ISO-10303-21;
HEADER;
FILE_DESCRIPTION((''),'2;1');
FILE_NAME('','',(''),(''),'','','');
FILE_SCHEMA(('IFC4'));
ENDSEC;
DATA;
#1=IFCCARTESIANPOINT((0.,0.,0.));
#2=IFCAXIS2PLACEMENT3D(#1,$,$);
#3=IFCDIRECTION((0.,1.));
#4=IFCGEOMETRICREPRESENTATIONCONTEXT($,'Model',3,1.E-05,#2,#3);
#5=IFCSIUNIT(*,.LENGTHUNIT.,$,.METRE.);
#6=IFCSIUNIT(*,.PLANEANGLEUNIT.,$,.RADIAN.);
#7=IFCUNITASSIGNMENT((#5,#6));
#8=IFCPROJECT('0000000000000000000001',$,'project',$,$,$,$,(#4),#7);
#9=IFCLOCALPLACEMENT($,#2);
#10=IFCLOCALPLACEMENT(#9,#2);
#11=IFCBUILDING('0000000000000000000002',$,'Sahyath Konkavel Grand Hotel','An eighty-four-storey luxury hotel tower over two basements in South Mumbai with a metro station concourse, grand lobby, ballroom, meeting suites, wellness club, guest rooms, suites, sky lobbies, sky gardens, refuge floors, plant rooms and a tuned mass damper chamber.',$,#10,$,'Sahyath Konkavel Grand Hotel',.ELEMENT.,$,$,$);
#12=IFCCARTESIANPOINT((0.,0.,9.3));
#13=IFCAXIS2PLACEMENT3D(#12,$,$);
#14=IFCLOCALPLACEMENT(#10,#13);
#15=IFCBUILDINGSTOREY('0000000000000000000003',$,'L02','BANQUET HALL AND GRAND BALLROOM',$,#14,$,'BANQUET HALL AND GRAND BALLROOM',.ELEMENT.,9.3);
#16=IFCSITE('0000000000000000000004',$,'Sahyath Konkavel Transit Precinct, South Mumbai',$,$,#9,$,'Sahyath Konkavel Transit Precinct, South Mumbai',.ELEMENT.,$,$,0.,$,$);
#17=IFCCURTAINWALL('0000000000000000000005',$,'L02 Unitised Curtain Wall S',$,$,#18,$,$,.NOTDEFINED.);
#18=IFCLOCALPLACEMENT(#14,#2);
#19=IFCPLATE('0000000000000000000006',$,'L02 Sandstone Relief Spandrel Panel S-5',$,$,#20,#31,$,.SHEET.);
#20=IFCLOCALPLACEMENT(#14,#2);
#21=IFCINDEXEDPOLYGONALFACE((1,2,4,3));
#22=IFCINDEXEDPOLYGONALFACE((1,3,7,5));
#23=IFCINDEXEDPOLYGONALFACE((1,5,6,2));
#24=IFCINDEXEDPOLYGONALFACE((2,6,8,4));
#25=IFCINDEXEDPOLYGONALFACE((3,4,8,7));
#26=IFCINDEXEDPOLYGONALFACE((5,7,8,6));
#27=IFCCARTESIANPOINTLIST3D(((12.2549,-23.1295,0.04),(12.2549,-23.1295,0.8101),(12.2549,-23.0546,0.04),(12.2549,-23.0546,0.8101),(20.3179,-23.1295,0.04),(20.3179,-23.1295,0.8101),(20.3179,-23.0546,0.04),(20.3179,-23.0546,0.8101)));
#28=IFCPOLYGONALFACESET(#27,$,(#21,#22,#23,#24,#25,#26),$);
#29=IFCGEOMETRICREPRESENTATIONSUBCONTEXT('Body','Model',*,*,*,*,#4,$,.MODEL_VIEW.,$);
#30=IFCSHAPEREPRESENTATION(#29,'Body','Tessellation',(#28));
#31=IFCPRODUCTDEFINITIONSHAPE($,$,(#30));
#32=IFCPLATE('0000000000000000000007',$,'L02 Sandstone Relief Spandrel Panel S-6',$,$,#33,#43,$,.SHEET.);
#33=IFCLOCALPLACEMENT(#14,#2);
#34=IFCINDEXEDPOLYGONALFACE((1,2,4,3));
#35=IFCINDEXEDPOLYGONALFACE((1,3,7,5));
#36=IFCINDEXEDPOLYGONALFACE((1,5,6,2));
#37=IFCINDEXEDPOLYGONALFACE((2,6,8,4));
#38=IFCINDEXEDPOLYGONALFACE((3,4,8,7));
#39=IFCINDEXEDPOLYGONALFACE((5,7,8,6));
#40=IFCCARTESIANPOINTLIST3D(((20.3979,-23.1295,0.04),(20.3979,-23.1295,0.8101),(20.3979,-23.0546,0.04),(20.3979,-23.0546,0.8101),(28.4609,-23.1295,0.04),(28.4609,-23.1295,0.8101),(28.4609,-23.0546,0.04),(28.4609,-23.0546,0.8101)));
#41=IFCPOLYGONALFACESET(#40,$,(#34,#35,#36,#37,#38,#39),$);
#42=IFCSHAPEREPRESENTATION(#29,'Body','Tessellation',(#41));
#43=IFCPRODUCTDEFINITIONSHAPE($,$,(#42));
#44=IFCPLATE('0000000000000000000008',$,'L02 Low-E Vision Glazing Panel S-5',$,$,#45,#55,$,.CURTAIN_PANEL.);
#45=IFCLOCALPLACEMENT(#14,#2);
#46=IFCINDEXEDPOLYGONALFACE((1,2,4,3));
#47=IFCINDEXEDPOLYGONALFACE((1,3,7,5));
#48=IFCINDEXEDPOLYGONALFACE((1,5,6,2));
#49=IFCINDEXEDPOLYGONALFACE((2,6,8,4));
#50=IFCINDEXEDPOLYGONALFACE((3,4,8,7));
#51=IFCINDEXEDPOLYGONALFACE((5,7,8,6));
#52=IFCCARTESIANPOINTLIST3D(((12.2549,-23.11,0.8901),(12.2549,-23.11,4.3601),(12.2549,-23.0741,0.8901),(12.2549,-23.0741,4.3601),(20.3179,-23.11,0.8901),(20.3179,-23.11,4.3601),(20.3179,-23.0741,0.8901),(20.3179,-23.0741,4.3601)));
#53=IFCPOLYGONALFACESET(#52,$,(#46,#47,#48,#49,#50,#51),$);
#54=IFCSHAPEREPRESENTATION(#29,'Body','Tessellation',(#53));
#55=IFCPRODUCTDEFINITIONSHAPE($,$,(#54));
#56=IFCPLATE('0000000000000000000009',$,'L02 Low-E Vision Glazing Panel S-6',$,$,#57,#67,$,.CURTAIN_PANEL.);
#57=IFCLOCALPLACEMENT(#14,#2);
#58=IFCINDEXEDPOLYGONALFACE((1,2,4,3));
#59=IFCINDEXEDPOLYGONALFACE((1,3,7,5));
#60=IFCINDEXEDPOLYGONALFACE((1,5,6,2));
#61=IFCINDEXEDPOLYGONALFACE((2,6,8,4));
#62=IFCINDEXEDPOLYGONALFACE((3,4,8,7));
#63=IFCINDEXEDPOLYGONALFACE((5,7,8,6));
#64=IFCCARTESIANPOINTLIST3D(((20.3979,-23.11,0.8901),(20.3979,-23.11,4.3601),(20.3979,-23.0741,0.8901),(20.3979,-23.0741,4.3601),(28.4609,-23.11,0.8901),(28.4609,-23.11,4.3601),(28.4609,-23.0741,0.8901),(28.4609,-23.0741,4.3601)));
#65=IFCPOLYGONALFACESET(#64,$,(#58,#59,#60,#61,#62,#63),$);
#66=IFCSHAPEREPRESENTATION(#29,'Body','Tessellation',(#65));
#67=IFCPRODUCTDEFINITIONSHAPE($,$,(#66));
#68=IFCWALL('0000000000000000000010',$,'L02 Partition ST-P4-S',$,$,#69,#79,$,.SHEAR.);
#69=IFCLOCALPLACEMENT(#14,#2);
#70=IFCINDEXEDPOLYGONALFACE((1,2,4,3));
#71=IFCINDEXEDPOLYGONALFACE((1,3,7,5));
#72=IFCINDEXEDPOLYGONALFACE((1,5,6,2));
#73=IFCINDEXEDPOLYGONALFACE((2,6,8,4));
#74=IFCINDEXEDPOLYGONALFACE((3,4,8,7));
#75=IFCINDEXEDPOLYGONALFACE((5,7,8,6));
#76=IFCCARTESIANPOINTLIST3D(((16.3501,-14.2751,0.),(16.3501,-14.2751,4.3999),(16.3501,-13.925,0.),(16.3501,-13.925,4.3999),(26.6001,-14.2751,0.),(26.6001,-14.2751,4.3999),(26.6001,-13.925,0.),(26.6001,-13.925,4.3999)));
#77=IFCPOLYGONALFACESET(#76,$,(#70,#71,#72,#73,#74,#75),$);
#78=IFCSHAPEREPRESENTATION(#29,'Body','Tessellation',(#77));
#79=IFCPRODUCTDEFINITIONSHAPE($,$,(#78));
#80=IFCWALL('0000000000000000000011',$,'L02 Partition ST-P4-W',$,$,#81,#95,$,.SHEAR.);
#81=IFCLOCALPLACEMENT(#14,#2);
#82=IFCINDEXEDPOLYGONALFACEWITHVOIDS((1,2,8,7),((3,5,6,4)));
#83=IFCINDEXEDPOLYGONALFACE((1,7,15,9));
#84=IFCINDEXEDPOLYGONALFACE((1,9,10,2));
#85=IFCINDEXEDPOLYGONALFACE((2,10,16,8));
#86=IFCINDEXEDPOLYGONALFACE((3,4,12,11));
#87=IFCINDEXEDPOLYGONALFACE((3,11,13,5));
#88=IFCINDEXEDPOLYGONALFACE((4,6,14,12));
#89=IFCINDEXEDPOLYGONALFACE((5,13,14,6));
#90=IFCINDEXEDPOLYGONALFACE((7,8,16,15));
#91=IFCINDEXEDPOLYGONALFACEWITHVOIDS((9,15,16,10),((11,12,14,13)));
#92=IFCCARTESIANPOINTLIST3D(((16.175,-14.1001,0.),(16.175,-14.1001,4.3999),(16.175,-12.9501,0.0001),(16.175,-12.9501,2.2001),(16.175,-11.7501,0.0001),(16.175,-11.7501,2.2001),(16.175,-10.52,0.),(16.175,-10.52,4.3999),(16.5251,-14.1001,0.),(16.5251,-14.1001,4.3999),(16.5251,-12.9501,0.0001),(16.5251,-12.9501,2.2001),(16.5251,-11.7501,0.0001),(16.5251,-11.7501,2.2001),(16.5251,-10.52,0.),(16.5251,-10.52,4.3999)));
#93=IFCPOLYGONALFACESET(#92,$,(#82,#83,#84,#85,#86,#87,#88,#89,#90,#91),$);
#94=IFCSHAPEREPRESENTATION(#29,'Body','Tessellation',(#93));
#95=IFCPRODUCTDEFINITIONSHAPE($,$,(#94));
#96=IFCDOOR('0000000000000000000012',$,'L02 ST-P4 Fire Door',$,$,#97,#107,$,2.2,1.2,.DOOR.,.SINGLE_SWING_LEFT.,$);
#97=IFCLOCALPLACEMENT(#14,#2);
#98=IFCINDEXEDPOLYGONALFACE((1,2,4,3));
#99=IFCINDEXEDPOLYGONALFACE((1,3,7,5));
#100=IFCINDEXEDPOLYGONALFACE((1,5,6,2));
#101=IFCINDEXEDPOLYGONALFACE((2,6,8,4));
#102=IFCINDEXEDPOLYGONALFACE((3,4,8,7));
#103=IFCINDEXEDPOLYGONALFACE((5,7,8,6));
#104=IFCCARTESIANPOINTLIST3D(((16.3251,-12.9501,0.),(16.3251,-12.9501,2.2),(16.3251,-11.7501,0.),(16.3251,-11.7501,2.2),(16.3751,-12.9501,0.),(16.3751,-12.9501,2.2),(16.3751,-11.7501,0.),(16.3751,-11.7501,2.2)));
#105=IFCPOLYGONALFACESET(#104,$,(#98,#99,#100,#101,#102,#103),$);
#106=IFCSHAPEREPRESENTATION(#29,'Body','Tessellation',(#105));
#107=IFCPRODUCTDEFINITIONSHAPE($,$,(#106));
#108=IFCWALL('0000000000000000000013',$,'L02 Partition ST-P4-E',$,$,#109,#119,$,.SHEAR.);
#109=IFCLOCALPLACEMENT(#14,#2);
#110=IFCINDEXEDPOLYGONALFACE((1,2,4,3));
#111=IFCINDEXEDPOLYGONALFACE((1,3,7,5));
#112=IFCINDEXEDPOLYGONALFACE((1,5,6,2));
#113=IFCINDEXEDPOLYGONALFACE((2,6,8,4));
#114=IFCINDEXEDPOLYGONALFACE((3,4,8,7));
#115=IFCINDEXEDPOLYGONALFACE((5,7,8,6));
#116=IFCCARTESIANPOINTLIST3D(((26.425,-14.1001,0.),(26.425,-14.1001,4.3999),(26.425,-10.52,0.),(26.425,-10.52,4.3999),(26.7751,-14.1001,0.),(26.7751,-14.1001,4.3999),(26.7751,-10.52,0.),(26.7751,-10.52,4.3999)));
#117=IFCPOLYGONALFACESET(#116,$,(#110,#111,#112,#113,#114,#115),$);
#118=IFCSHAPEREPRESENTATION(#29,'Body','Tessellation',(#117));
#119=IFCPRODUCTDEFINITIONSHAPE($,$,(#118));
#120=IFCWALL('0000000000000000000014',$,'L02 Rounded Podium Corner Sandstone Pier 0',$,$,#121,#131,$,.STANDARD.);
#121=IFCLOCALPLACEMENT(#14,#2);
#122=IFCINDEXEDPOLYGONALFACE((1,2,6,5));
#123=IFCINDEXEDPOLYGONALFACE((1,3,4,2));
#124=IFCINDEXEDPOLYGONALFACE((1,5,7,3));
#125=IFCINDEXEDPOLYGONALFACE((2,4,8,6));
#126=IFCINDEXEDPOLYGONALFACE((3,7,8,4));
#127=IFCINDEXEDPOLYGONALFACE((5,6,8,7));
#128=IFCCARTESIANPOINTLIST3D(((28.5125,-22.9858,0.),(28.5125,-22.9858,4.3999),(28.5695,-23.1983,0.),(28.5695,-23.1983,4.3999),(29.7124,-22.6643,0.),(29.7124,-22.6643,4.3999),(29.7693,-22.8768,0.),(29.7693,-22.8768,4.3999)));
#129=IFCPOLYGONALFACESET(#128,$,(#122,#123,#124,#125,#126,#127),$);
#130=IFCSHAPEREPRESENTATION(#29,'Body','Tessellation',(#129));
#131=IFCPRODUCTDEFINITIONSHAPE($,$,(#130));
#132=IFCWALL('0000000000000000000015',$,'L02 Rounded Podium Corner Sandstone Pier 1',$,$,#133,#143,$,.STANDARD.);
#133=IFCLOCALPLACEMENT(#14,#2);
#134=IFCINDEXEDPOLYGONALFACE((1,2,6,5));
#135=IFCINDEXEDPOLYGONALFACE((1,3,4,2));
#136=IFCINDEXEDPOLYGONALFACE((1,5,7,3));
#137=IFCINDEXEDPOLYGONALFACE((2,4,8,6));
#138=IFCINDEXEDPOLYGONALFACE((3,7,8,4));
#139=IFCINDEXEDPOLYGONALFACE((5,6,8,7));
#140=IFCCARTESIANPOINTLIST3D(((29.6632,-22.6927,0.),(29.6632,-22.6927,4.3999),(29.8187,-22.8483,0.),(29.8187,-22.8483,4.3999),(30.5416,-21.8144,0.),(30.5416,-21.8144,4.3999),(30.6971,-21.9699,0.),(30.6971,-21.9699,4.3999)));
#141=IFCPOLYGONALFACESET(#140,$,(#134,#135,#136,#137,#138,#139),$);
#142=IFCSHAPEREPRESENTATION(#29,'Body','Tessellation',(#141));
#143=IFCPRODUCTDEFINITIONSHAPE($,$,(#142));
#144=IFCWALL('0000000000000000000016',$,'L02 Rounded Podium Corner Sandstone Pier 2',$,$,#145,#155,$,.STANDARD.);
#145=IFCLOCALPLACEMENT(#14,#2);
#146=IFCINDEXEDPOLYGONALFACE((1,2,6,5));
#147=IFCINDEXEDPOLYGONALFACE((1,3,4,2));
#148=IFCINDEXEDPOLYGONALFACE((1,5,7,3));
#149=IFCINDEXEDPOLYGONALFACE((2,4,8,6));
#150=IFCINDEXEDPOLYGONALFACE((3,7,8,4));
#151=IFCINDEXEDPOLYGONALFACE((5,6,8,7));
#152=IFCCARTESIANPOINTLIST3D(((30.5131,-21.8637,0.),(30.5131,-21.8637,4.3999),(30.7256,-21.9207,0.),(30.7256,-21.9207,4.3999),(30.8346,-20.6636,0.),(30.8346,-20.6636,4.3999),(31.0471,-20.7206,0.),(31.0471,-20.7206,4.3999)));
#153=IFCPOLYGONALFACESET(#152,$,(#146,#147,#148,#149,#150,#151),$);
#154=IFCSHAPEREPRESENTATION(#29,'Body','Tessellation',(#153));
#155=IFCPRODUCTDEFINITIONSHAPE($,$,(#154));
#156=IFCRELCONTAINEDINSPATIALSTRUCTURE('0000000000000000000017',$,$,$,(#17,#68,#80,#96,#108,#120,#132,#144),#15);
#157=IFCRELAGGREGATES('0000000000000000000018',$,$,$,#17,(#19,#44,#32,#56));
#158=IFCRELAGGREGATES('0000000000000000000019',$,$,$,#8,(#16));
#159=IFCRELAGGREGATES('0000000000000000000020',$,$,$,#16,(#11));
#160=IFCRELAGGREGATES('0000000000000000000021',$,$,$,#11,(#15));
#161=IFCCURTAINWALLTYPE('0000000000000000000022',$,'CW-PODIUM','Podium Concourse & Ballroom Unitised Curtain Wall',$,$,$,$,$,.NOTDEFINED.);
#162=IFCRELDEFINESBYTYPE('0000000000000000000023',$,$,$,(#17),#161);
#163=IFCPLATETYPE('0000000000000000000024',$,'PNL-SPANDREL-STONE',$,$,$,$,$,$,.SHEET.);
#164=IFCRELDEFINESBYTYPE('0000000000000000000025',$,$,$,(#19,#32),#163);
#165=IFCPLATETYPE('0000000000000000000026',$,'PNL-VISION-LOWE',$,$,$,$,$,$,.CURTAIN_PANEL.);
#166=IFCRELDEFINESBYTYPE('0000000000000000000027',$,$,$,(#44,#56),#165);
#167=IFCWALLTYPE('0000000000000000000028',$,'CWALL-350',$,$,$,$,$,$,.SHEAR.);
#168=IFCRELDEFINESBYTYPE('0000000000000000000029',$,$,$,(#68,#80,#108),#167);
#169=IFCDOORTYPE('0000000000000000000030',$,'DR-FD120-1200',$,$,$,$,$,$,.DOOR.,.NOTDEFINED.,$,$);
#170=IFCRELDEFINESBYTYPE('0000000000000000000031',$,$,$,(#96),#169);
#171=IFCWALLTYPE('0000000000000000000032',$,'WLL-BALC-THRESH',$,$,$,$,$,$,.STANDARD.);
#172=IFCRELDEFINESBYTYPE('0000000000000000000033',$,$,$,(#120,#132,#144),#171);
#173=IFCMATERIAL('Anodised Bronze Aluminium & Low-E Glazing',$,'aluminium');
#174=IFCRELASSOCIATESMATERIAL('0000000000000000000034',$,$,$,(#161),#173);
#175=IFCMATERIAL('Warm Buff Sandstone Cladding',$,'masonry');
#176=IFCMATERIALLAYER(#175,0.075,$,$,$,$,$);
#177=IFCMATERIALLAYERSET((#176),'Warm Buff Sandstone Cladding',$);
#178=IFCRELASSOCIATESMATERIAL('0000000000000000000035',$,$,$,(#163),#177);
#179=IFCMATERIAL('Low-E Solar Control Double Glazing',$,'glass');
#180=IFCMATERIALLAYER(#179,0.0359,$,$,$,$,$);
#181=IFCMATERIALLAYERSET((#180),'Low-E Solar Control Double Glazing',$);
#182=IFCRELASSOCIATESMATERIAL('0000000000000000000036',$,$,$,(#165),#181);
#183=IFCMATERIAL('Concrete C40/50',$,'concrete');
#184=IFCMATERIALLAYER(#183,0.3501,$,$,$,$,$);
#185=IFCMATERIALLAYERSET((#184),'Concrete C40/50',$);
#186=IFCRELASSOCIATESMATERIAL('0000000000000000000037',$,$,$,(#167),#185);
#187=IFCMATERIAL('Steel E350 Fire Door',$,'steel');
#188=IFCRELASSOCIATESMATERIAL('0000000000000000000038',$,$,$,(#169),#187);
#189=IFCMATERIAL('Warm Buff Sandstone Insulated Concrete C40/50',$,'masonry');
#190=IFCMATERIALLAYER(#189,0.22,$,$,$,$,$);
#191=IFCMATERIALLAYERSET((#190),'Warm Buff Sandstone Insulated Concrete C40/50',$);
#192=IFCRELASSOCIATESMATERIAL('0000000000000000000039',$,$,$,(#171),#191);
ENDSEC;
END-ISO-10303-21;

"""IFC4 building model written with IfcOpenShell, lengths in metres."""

from ifc_helpers import new_model, si_unit, direction, frame, frame_2d, origin, origin_2d, place, context, subcontext, project, spatial, rectangle, extrude, source, transform, mapped, material, layer, layer_set, type_object, element, fill, aggregate, save


model = new_model("IFC4")

# Units and contexts
model_context = context("Model", 3, precision=1e-05, world=origin(), true_north=direction((0.0, 1.0)))
body_context = subcontext(model_context, "Body", "Model", "MODEL_VIEW")
ifc_project = project(units=[si_unit("LENGTHUNIT", "METRE"), si_unit("PLANEANGLEUNIT", "RADIAN")], contexts=[model_context])

# Site, building, storey
site_placement = place(None, origin())
site = spatial("IfcSite", under=ifc_project, at=site_placement, Name="Sahyath Konkavel Transit Precinct, South Mumbai", LongName="Sahyath Konkavel Transit Precinct, South Mumbai", CompositionType="ELEMENT", RefElevation=0.0)
building_placement = place(site_placement, origin())
building = spatial("IfcBuilding", under=site, at=building_placement, Name="Sahyath Konkavel Grand Hotel", Description="An eighty-four-storey luxury hotel tower over two basements in South Mumbai with a metro station concourse, grand lobby, ballroom, meeting suites, wellness club, guest rooms, suites, sky lobbies, sky gardens, refuge floors, plant rooms and a tuned mass damper chamber.", LongName="Sahyath Konkavel Grand Hotel", CompositionType="ELEMENT")
storey_placement = place(building_placement, frame((0.0, 0.0, 9.3)))
storey = spatial("IfcBuildingStorey", under=building, at=storey_placement, Name="L02", Description="BANQUET HALL AND GRAND BALLROOM", LongName="BANQUET HALL AND GRAND BALLROOM", CompositionType="ELEMENT", Elevation=9.3)

# Curtain wall, plates
ifc_material_1 = material(Name="Anodised Bronze Aluminium & Low-E Glazing", Category="aluminium")
curtain_wall_type = type_object("IfcCurtainWallType", Name="CW-PODIUM", Description="Podium Concourse & Ballroom Unitised Curtain Wall", PredefinedType="NOTDEFINED", material=ifc_material_1)
curtain_wall_placement = place(storey_placement, origin())
curtain_wall = element("IfcCurtainWall", 1, at=curtain_wall_placement, inside=storey, type_object=curtain_wall_type, Name="L02 Unitised Curtain Wall S", PredefinedType="NOTDEFINED")
ifc_material_2 = material(Name="Warm Buff Sandstone Cladding", Category="masonry")
ifc_layer_1 = layer(ifc_material_2, 0.075)
ifc_layer_set_1 = layer_set([ifc_layer_1], Name="Warm Buff Sandstone Cladding")
plate_type_1 = type_object("IfcPlateType", Name="PNL-SPANDREL-STONE", PredefinedType="SHEET", material=ifc_layer_set_1)
shared_shape_1 = source(origin(), body_context, "Body", "SweptSolid", [
    extrude(rectangle(XDim=8.063, YDim=0.075, at=origin_2d()), origin(), (0.0, 0.0, 1.0), 0.77),
])
plate_1_placement = place(storey_placement, frame((16.2864, -23.092, 0.04), z_axis=(0.0, 0.0, 1.0), x_axis=(1.0, 0.0, 0.0)))
plate_1 = element("IfcPlate", 2, at=plate_1_placement, type_object=plate_type_1, Name="L02 Sandstone Relief Spandrel Panel S-5", PredefinedType="SHEET", context=body_context, shape_type="MappedRepresentation", body=[
    mapped(shared_shape_1, transform((0.0, 0.0, 0.0), scale=1.0)),
])
plate_2_placement = place(storey_placement, frame((24.4294, -23.092, 0.04), z_axis=(0.0, 0.0, 1.0), x_axis=(1.0, 0.0, 0.0)))
plate_2 = element("IfcPlate", 3, at=plate_2_placement, type_object=plate_type_1, Name="L02 Sandstone Relief Spandrel Panel S-6", PredefinedType="SHEET", context=body_context, shape_type="MappedRepresentation", body=[
    mapped(shared_shape_1, transform((0.0, 0.0, 0.0), scale=1.0)),
])
ifc_material_3 = material(Name="Low-E Solar Control Double Glazing", Category="glass")
ifc_layer_2 = layer(ifc_material_3, 0.0359)
ifc_layer_set_2 = layer_set([ifc_layer_2], Name="Low-E Solar Control Double Glazing")
plate_type_2 = type_object("IfcPlateType", Name="PNL-VISION-LOWE", PredefinedType="CURTAIN_PANEL", material=ifc_layer_set_2)
shared_shape_2 = source(origin(), body_context, "Body", "SweptSolid", [
    extrude(rectangle(XDim=8.063, YDim=0.0359, at=origin_2d()), origin(), (0.0, 0.0, 1.0), 3.47),
])
plate_3_placement = place(storey_placement, frame((16.2864, -23.092, 0.8901), z_axis=(0.0, 0.0, 1.0), x_axis=(1.0, 0.0, 0.0)))
plate_3 = element("IfcPlate", 4, at=plate_3_placement, type_object=plate_type_2, Name="L02 Low-E Vision Glazing Panel S-5", PredefinedType="CURTAIN_PANEL", context=body_context, shape_type="MappedRepresentation", body=[
    mapped(shared_shape_2, transform((0.0, 0.0, 0.0), scale=1.0)),
])
plate_4_placement = place(storey_placement, frame((24.4294, -23.092, 0.8901), z_axis=(0.0, 0.0, 1.0), x_axis=(1.0, 0.0, 0.0)))
plate_4 = element("IfcPlate", 5, at=plate_4_placement, type_object=plate_type_2, Name="L02 Low-E Vision Glazing Panel S-6", PredefinedType="CURTAIN_PANEL", context=body_context, shape_type="MappedRepresentation", body=[
    mapped(shared_shape_2, transform((0.0, 0.0, 0.0), scale=1.0)),
])
aggregate(curtain_wall, [plate_1, plate_3, plate_2, plate_4])

# Wall
ifc_material_4 = material(Name="Concrete C40/50", Category="concrete")
ifc_layer_3 = layer(ifc_material_4, 0.3501)
ifc_layer_set_3 = layer_set([ifc_layer_3], Name="Concrete C40/50")
wall_type_1 = type_object("IfcWallType", Name="CWALL-350", PredefinedType="SHEAR", material=ifc_layer_set_3)
wall_1_placement = place(storey_placement, frame((16.3501, -14.1001, 0.0), z_axis=(0.0, 0.0, 1.0), x_axis=(1.0, 0.0, 0.0)))
element("IfcWall", 6, at=wall_1_placement, inside=storey, type_object=wall_type_1, Name="L02 Partition ST-P4-S", PredefinedType="SHEAR", context=body_context, shape_type="SweptSolid", body=[
    extrude(rectangle(XDim=10.25, YDim=0.3501, at=frame_2d((5.125, 0.0))), origin(), (0.0, 0.0, 1.0), 4.3999),
])

# Wall, opening, door
wall_2_placement = place(storey_placement, frame((16.3501, -14.1001, 0.0), z_axis=(0.0, 0.0, 1.0), x_axis=(0.0, 1.0, 0.0)))
wall_2 = element("IfcWall", 7, at=wall_2_placement, inside=storey, type_object=wall_type_1, Name="L02 Partition ST-P4-W", PredefinedType="SHEAR", context=body_context, shape_type="SweptSolid", body=[
    extrude(rectangle(XDim=3.5801, YDim=0.3501, at=frame_2d((1.79, 0.0))), origin(), (0.0, 0.0, 1.0), 4.3999),
])
opening_1_placement = place(wall_2_placement, frame((1.1499, 0.0, 0.0)))
opening_1 = element("IfcOpeningElement", 8, at=opening_1_placement, cuts=wall_2, PredefinedType="OPENING", context=body_context, shape_type="SweptSolid", body=[
    extrude(rectangle(XDim=1.2, YDim=2.2, at=frame_2d((0.6001, 1.1001))), frame((0.0, 0.1851, 0.0), z_axis=(0.0, -1.0, 0.0), x_axis=(1.0, 0.0, 0.0)), (0.0, 0.0, 1.0), 0.3701),
])
ifc_material_5 = material(Name="Steel E350 Fire Door", Category="steel")
door_type = type_object("IfcDoorType", Name="DR-FD120-1200", OperationType="NOTDEFINED", PredefinedType="DOOR", material=ifc_material_5)
shared_shape_3 = source(origin(), body_context, "Body", "SweptSolid", [
    extrude(rectangle(XDim=1.2, YDim=0.05, at=origin_2d()), origin(), (0.0, 0.0, 1.0), 2.2),
])
door_placement = place(opening_1_placement, frame((0.6001, 0.0, 0.0)))
door = element("IfcDoor", 9, at=door_placement, inside=storey, type_object=door_type, Name="L02 ST-P4 Fire Door", OperationType="SINGLE_SWING_LEFT", OverallHeight=2.2, OverallWidth=1.2, PredefinedType="DOOR", context=body_context, shape_type="MappedRepresentation", body=[
    mapped(shared_shape_3, transform((0.0, 0.0, 0.0), scale=1.0)),
])
fill(opening_1, door)

# Walls
wall_3_placement = place(storey_placement, frame((26.6001, -14.1001, 0.0), z_axis=(0.0, 0.0, 1.0), x_axis=(0.0, 1.0, 0.0)))
element("IfcWall", 10, at=wall_3_placement, inside=storey, type_object=wall_type_1, Name="L02 Partition ST-P4-E", PredefinedType="SHEAR", context=body_context, shape_type="SweptSolid", body=[
    extrude(rectangle(XDim=3.5801, YDim=0.3501, at=frame_2d((1.79, 0.0))), origin(), (0.0, 0.0, 1.0), 4.3999),
])
ifc_material_6 = material(Name="Warm Buff Sandstone Insulated Concrete C40/50", Category="masonry")
ifc_layer_4 = layer(ifc_material_6, 0.22)
ifc_layer_set_4 = layer_set([ifc_layer_4], Name="Warm Buff Sandstone Insulated Concrete C40/50")
wall_type_2 = type_object("IfcWallType", Name="WLL-BALC-THRESH", PredefinedType="STANDARD", material=ifc_layer_set_4)
for number, where, z_axis, x_axis, name in (
    (11, (28.541, -23.092, 0.0), (0.0, 0.0, 1.0), (0.965924, 0.258824, 0.0), "L02 Rounded Podium Corner Sandstone Pier 0"),
    (12, (29.741, -22.7705, 0.0), (0.0, 0.0, 1.0), (0.707107, 0.707107, 0.0), "L02 Rounded Podium Corner Sandstone Pier 1"),
):
    element("IfcWall", number, at=place(storey_placement, frame(where, z_axis=z_axis, x_axis=x_axis)), inside=storey, type_object=wall_type_2, Name=name, PredefinedType="STANDARD", context=body_context, shape_type="SweptSolid", body=[
        extrude(rectangle(XDim=1.2422, YDim=0.22, at=frame_2d((0.6211, 0.0))), origin(), (0.0, 0.0, 1.0), 4.3999),
    ])
wall_4_placement = place(storey_placement, frame((30.6194, -21.8921, 0.0), z_axis=(0.0, 0.0, 1.0), x_axis=(0.258775, 0.965938, 0.0)))
element("IfcWall", 13, at=wall_4_placement, inside=storey, type_object=wall_type_2, Name="L02 Rounded Podium Corner Sandstone Pier 2", PredefinedType="STANDARD", context=body_context, shape_type="SweptSolid", body=[
    extrude(rectangle(XDim=1.2424, YDim=0.22, at=frame_2d((0.6211, 0.0))), origin(), (0.0, 0.0, 1.0), 4.3999),
])

save(model, "model.ifc")
